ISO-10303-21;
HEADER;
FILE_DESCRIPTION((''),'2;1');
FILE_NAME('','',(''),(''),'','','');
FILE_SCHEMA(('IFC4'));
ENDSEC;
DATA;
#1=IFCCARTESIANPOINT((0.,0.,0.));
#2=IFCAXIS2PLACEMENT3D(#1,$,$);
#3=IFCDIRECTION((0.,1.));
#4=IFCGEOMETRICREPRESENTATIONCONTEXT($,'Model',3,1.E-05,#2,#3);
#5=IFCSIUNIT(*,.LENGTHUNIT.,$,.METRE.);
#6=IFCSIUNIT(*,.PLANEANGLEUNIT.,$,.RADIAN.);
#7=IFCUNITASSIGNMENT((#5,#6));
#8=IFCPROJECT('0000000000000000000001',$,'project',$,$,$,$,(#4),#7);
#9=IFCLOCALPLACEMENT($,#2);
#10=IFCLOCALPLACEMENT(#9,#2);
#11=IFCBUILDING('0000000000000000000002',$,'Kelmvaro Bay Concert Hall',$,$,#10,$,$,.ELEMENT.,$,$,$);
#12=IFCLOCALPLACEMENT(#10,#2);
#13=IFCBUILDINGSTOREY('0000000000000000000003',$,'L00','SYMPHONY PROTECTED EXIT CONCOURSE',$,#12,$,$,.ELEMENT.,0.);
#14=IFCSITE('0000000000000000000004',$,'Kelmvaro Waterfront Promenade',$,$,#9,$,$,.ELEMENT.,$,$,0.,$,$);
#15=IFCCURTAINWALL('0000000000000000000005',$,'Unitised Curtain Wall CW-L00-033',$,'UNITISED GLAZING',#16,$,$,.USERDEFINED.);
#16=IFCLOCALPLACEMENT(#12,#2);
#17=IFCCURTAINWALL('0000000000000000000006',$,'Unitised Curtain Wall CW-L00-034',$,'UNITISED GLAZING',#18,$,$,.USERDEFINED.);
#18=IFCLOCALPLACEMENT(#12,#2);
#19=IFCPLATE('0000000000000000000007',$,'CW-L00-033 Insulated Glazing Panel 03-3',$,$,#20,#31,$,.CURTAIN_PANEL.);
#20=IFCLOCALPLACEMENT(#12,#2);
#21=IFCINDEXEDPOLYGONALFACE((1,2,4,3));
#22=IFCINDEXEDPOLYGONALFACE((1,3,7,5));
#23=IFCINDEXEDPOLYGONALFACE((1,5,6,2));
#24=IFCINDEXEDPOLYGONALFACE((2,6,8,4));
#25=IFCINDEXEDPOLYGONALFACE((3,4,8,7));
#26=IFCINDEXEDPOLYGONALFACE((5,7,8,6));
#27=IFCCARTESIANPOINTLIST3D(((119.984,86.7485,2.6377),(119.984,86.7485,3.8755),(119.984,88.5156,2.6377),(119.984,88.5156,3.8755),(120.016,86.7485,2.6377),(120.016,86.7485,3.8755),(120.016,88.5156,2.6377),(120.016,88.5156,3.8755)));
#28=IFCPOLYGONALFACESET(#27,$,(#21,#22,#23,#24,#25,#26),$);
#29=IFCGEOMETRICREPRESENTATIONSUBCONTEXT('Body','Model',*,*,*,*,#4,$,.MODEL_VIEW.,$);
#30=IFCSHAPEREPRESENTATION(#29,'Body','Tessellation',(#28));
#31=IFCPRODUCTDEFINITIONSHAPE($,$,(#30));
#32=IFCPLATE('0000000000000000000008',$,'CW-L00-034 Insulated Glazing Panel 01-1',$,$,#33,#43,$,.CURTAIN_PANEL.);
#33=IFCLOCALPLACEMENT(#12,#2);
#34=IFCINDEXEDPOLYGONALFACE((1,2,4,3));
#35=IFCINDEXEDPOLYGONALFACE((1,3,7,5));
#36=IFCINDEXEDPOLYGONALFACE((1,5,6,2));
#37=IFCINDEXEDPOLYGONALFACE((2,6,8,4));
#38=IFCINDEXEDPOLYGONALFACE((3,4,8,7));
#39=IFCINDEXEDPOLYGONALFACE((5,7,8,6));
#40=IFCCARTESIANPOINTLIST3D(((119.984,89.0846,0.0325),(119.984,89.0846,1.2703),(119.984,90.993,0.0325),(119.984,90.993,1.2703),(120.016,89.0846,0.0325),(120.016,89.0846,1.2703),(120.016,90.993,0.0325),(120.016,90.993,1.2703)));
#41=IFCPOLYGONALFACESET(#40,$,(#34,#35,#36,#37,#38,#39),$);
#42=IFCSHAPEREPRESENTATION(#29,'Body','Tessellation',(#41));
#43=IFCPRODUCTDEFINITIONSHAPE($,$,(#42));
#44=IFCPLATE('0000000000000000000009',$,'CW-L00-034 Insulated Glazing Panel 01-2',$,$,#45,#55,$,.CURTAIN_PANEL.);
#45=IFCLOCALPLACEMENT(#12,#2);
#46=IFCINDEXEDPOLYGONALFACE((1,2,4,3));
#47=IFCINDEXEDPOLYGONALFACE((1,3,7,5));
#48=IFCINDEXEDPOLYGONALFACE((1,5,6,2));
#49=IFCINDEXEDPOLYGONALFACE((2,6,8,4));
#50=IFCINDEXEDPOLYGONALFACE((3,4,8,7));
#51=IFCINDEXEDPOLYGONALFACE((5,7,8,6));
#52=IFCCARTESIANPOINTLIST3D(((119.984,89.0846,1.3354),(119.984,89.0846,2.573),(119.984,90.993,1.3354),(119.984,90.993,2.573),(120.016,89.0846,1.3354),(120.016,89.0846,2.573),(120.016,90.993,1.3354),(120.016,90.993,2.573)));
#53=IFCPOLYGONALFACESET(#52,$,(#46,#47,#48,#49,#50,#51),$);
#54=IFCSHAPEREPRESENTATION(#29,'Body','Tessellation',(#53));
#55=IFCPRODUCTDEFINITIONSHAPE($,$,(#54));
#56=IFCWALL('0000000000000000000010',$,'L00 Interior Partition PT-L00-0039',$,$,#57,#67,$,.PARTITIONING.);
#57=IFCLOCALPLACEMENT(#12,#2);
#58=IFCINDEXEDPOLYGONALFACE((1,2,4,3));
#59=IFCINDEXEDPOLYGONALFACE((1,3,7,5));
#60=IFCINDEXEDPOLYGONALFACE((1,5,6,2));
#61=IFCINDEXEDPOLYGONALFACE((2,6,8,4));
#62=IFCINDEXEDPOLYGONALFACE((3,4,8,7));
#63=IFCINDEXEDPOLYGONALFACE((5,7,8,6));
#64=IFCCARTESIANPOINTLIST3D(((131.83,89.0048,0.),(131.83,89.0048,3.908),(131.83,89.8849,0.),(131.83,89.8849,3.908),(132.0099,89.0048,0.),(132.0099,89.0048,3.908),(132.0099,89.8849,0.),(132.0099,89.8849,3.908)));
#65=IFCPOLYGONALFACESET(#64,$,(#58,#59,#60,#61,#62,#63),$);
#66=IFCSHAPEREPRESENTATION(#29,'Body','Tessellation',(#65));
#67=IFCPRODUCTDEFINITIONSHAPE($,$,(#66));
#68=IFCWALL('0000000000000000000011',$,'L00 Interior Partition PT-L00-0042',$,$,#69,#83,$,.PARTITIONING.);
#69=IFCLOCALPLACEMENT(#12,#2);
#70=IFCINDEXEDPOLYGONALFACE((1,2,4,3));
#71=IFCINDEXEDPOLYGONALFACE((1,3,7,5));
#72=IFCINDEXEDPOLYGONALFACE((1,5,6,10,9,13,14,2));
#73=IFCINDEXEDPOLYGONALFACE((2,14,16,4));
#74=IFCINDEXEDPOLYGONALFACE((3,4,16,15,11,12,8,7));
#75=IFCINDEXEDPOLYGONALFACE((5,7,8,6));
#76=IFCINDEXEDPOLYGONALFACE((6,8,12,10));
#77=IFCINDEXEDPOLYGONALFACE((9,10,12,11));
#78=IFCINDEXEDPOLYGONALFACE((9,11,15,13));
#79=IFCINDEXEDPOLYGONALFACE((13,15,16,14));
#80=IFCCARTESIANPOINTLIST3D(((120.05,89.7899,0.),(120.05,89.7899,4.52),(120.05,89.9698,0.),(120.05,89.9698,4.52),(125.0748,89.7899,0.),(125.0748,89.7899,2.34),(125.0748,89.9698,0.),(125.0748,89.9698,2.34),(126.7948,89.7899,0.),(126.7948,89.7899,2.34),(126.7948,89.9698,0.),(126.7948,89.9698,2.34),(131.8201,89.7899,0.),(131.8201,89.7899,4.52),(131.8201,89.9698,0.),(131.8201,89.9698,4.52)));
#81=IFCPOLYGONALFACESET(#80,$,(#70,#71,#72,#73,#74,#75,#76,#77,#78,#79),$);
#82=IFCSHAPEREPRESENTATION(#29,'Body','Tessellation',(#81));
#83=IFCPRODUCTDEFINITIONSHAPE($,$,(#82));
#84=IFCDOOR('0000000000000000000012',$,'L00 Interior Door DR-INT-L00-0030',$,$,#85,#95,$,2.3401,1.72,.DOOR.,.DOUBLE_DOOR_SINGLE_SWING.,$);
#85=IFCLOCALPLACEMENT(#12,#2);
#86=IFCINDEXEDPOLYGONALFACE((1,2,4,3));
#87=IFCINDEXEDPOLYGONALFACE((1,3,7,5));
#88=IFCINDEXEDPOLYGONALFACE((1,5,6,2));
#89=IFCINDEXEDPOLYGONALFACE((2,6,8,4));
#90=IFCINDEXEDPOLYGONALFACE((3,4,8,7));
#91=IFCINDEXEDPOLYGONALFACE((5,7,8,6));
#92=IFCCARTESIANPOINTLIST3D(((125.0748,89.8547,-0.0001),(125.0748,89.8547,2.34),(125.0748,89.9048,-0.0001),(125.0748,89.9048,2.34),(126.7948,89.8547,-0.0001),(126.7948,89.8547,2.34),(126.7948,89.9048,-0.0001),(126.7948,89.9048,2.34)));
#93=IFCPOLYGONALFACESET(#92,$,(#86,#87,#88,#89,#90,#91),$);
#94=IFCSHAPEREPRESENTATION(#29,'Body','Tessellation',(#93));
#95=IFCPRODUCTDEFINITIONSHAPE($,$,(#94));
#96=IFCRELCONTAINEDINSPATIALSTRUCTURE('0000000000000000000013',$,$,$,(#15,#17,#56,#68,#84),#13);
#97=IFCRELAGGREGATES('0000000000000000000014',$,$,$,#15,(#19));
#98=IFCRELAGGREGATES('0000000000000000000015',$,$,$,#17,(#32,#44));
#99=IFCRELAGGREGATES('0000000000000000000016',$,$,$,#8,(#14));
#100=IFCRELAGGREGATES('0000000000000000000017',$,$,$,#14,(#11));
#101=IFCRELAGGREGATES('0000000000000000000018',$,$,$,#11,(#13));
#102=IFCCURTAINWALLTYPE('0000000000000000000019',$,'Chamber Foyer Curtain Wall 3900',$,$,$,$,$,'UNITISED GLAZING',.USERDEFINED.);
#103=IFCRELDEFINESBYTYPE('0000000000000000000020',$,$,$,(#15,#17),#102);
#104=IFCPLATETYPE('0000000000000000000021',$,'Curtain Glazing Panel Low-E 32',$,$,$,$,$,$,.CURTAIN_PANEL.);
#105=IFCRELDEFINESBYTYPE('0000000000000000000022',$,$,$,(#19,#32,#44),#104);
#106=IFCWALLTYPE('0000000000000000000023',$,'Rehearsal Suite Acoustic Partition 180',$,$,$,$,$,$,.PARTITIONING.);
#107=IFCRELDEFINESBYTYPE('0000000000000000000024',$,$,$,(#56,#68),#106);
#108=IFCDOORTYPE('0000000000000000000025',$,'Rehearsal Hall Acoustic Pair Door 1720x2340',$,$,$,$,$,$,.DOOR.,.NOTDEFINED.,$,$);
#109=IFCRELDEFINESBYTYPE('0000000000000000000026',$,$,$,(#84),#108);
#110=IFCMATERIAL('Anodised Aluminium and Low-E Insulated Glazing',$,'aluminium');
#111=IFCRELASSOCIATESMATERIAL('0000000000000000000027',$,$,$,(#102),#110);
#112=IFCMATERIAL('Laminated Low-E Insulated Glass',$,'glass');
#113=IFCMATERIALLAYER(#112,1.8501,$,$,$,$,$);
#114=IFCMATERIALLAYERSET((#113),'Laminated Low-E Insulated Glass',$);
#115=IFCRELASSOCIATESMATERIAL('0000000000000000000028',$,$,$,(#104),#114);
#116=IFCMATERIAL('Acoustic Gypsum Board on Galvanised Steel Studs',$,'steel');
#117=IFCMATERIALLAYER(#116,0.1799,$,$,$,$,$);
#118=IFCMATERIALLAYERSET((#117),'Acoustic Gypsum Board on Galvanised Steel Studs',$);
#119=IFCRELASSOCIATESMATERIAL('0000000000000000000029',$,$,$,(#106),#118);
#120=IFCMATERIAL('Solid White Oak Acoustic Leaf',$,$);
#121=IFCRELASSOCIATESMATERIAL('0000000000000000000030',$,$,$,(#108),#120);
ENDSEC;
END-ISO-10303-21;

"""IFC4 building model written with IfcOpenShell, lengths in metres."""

from ifc_helpers import new_model, si_unit, direction, frame, frame_2d, origin, origin_2d, place, context, subcontext, project, spatial, rectangle, extrude, material, layer, layer_set, type_object, element, fill, aggregate, save


model = new_model("IFC4")

# Units and contexts
model_context = context("Model", 3, precision=1e-05, world=origin(), true_north=direction((0.0, 1.0)))
body_context = subcontext(model_context, "Body", "Model", "MODEL_VIEW")
ifc_project = project(units=[si_unit("LENGTHUNIT", "METRE"), si_unit("PLANEANGLEUNIT", "RADIAN")], contexts=[model_context])

# Site, building, storey
site_placement = place(None, origin())
site = spatial("IfcSite", under=ifc_project, at=site_placement, Name="Kelmvaro Waterfront Promenade", CompositionType="ELEMENT", RefElevation=0.0)
building_placement = place(site_placement, origin())
building = spatial("IfcBuilding", under=site, at=building_placement, Name="Kelmvaro Bay Concert Hall", CompositionType="ELEMENT")
storey_placement = place(building_placement, origin())
storey = spatial("IfcBuildingStorey", under=building, at=storey_placement, Name="L00", Description="SYMPHONY PROTECTED EXIT CONCOURSE", CompositionType="ELEMENT", Elevation=0.0)

# Curtain wall
ifc_material_1 = material(Name="Anodised Aluminium and Low-E Insulated Glazing", Category="aluminium")
curtain_wall_type = type_object("IfcCurtainWallType", Name="Chamber Foyer Curtain Wall 3900", ElementType="UNITISED GLAZING", PredefinedType="USERDEFINED", material=ifc_material_1)
curtain_wall_1_placement = place(storey_placement, origin())
curtain_wall_1 = element("IfcCurtainWall", 1, at=curtain_wall_1_placement, inside=storey, type_object=curtain_wall_type, Name="Unitised Curtain Wall CW-L00-033", ObjectType="UNITISED GLAZING", PredefinedType="USERDEFINED")

# Curtain wall
curtain_wall_2_placement = place(storey_placement, origin())
curtain_wall_2 = element("IfcCurtainWall", 2, at=curtain_wall_2_placement, inside=storey, type_object=curtain_wall_type, Name="Unitised Curtain Wall CW-L00-034", ObjectType="UNITISED GLAZING", PredefinedType="USERDEFINED")

# Plates
ifc_material_2 = material(Name="Laminated Low-E Insulated Glass", Category="glass")
ifc_layer_1 = layer(ifc_material_2, 1.8501)
ifc_layer_set_1 = layer_set([ifc_layer_1], Name="Laminated Low-E Insulated Glass")
plate_type = type_object("IfcPlateType", Name="Curtain Glazing Panel Low-E 32", PredefinedType="CURTAIN_PANEL", material=ifc_layer_set_1)
plate_1_placement = place(storey_placement, frame((120.0, 87.6321, 2.6377), z_axis=(0.0, 0.0, 1.0), x_axis=(0.0, 1.0, 0.0)))
plate_1 = element("IfcPlate", 3, at=plate_1_placement, type_object=plate_type, Name="CW-L00-033 Insulated Glazing Panel 03-3", PredefinedType="CURTAIN_PANEL", context=body_context, shape_type="SweptSolid", body=[
    extrude(rectangle(XDim=1.7671, YDim=0.032, at=origin_2d()), origin(), (0.0, 0.0, 1.0), 1.2378),
])
aggregate(curtain_wall_1, [plate_1])
plate_2_placement = place(storey_placement, frame((120.0, 90.0388, 0.0325), z_axis=(0.0, 0.0, 1.0), x_axis=(0.0, 1.0, 0.0)))
plate_2 = element("IfcPlate", 4, at=plate_2_placement, type_object=plate_type, Name="CW-L00-034 Insulated Glazing Panel 01-1", PredefinedType="CURTAIN_PANEL", context=body_context, shape_type="SweptSolid", body=[
    extrude(rectangle(XDim=1.9084, YDim=0.032, at=origin_2d()), origin(), (0.0, 0.0, 1.0), 1.2378),
])
plate_3_placement = place(storey_placement, frame((120.0, 90.0388, 1.3354), z_axis=(0.0, 0.0, 1.0), x_axis=(0.0, 1.0, 0.0)))
plate_3 = element("IfcPlate", 5, at=plate_3_placement, type_object=plate_type, Name="CW-L00-034 Insulated Glazing Panel 01-2", PredefinedType="CURTAIN_PANEL", context=body_context, shape_type="SweptSolid", body=[
    extrude(rectangle(XDim=1.9084, YDim=0.032, at=origin_2d()), origin(), (0.0, 0.0, 1.0), 1.2375),
])
aggregate(curtain_wall_2, [plate_2, plate_3])

# Wall
ifc_material_3 = material(Name="Acoustic Gypsum Board on Galvanised Steel Studs", Category="steel")
ifc_layer_2 = layer(ifc_material_3, 0.1799)
ifc_layer_set_2 = layer_set([ifc_layer_2], Name="Acoustic Gypsum Board on Galvanised Steel Studs")
wall_type = type_object("IfcWallType", Name="Rehearsal Suite Acoustic Partition 180", PredefinedType="PARTITIONING", material=ifc_layer_set_2)
wall_1_placement = place(storey_placement, frame((131.9199, 89.0049, 0.0), z_axis=(0.0, 0.0, 1.0), x_axis=(0.0, 1.0, 0.0)))
element("IfcWall", 6, at=wall_1_placement, inside=storey, type_object=wall_type, Name="L00 Interior Partition PT-L00-0039", PredefinedType="PARTITIONING", context=body_context, shape_type="SweptSolid", body=[
    extrude(rectangle(XDim=0.8801, YDim=0.1799, at=frame_2d((0.4399, 0.0))), origin(), (0.0, 0.0, 1.0), 3.908),
])

# Wall, opening, door
wall_2_placement = place(storey_placement, frame((120.05, 89.8799, 0.0), z_axis=(0.0, 0.0, 1.0), x_axis=(1.0, 0.0, 0.0)))
wall_2 = element("IfcWall", 7, at=wall_2_placement, inside=storey, type_object=wall_type, Name="L00 Interior Partition PT-L00-0042", PredefinedType="PARTITIONING", context=body_context, shape_type="SweptSolid", body=[
    extrude(rectangle(XDim=11.77, YDim=0.1799, at=frame_2d((5.885, 0.0))), origin(), (0.0, 0.0, 1.0), 4.52),
])
opening_placement = place(wall_2_placement, frame((5.0249, 0.0, 0.0)))
opening = element("IfcOpeningElement", 8, at=opening_placement, cuts=wall_2, PredefinedType="OPENING", context=body_context, shape_type="SweptSolid", body=[
    extrude(rectangle(XDim=1.72, YDim=2.3401, at=frame_2d((0.8599, 1.1699))), frame((0.0, 0.0999, 0.0), z_axis=(0.0, -1.0, 0.0), x_axis=(1.0, 0.0, 0.0)), (0.0, 0.0, 1.0), 0.2),
])
ifc_material_4 = material(Name="Solid White Oak Acoustic Leaf")
door_type = type_object("IfcDoorType", Name="Rehearsal Hall Acoustic Pair Door 1720x2340", OperationType="NOTDEFINED", PredefinedType="DOOR", material=ifc_material_4)
door_placement = place(opening_placement, origin())
door = element("IfcDoor", 9, at=door_placement, inside=storey, type_object=door_type, Name="L00 Interior Door DR-INT-L00-0030", OperationType="DOUBLE_DOOR_SINGLE_SWING", OverallHeight=2.3401, OverallWidth=1.72, PredefinedType="DOOR", context=body_context, shape_type="SweptSolid", body=[
    extrude(rectangle(XDim=1.72, YDim=2.3401, at=frame_2d((0.8599, 1.1699))), frame((0.0, 0.0249, 0.0), z_axis=(0.0, -1.0, 0.0), x_axis=(1.0, 0.0, 0.0)), (0.0, 0.0, 1.0), 0.05),
])
fill(opening, door)

save(model, "model.ifc")
